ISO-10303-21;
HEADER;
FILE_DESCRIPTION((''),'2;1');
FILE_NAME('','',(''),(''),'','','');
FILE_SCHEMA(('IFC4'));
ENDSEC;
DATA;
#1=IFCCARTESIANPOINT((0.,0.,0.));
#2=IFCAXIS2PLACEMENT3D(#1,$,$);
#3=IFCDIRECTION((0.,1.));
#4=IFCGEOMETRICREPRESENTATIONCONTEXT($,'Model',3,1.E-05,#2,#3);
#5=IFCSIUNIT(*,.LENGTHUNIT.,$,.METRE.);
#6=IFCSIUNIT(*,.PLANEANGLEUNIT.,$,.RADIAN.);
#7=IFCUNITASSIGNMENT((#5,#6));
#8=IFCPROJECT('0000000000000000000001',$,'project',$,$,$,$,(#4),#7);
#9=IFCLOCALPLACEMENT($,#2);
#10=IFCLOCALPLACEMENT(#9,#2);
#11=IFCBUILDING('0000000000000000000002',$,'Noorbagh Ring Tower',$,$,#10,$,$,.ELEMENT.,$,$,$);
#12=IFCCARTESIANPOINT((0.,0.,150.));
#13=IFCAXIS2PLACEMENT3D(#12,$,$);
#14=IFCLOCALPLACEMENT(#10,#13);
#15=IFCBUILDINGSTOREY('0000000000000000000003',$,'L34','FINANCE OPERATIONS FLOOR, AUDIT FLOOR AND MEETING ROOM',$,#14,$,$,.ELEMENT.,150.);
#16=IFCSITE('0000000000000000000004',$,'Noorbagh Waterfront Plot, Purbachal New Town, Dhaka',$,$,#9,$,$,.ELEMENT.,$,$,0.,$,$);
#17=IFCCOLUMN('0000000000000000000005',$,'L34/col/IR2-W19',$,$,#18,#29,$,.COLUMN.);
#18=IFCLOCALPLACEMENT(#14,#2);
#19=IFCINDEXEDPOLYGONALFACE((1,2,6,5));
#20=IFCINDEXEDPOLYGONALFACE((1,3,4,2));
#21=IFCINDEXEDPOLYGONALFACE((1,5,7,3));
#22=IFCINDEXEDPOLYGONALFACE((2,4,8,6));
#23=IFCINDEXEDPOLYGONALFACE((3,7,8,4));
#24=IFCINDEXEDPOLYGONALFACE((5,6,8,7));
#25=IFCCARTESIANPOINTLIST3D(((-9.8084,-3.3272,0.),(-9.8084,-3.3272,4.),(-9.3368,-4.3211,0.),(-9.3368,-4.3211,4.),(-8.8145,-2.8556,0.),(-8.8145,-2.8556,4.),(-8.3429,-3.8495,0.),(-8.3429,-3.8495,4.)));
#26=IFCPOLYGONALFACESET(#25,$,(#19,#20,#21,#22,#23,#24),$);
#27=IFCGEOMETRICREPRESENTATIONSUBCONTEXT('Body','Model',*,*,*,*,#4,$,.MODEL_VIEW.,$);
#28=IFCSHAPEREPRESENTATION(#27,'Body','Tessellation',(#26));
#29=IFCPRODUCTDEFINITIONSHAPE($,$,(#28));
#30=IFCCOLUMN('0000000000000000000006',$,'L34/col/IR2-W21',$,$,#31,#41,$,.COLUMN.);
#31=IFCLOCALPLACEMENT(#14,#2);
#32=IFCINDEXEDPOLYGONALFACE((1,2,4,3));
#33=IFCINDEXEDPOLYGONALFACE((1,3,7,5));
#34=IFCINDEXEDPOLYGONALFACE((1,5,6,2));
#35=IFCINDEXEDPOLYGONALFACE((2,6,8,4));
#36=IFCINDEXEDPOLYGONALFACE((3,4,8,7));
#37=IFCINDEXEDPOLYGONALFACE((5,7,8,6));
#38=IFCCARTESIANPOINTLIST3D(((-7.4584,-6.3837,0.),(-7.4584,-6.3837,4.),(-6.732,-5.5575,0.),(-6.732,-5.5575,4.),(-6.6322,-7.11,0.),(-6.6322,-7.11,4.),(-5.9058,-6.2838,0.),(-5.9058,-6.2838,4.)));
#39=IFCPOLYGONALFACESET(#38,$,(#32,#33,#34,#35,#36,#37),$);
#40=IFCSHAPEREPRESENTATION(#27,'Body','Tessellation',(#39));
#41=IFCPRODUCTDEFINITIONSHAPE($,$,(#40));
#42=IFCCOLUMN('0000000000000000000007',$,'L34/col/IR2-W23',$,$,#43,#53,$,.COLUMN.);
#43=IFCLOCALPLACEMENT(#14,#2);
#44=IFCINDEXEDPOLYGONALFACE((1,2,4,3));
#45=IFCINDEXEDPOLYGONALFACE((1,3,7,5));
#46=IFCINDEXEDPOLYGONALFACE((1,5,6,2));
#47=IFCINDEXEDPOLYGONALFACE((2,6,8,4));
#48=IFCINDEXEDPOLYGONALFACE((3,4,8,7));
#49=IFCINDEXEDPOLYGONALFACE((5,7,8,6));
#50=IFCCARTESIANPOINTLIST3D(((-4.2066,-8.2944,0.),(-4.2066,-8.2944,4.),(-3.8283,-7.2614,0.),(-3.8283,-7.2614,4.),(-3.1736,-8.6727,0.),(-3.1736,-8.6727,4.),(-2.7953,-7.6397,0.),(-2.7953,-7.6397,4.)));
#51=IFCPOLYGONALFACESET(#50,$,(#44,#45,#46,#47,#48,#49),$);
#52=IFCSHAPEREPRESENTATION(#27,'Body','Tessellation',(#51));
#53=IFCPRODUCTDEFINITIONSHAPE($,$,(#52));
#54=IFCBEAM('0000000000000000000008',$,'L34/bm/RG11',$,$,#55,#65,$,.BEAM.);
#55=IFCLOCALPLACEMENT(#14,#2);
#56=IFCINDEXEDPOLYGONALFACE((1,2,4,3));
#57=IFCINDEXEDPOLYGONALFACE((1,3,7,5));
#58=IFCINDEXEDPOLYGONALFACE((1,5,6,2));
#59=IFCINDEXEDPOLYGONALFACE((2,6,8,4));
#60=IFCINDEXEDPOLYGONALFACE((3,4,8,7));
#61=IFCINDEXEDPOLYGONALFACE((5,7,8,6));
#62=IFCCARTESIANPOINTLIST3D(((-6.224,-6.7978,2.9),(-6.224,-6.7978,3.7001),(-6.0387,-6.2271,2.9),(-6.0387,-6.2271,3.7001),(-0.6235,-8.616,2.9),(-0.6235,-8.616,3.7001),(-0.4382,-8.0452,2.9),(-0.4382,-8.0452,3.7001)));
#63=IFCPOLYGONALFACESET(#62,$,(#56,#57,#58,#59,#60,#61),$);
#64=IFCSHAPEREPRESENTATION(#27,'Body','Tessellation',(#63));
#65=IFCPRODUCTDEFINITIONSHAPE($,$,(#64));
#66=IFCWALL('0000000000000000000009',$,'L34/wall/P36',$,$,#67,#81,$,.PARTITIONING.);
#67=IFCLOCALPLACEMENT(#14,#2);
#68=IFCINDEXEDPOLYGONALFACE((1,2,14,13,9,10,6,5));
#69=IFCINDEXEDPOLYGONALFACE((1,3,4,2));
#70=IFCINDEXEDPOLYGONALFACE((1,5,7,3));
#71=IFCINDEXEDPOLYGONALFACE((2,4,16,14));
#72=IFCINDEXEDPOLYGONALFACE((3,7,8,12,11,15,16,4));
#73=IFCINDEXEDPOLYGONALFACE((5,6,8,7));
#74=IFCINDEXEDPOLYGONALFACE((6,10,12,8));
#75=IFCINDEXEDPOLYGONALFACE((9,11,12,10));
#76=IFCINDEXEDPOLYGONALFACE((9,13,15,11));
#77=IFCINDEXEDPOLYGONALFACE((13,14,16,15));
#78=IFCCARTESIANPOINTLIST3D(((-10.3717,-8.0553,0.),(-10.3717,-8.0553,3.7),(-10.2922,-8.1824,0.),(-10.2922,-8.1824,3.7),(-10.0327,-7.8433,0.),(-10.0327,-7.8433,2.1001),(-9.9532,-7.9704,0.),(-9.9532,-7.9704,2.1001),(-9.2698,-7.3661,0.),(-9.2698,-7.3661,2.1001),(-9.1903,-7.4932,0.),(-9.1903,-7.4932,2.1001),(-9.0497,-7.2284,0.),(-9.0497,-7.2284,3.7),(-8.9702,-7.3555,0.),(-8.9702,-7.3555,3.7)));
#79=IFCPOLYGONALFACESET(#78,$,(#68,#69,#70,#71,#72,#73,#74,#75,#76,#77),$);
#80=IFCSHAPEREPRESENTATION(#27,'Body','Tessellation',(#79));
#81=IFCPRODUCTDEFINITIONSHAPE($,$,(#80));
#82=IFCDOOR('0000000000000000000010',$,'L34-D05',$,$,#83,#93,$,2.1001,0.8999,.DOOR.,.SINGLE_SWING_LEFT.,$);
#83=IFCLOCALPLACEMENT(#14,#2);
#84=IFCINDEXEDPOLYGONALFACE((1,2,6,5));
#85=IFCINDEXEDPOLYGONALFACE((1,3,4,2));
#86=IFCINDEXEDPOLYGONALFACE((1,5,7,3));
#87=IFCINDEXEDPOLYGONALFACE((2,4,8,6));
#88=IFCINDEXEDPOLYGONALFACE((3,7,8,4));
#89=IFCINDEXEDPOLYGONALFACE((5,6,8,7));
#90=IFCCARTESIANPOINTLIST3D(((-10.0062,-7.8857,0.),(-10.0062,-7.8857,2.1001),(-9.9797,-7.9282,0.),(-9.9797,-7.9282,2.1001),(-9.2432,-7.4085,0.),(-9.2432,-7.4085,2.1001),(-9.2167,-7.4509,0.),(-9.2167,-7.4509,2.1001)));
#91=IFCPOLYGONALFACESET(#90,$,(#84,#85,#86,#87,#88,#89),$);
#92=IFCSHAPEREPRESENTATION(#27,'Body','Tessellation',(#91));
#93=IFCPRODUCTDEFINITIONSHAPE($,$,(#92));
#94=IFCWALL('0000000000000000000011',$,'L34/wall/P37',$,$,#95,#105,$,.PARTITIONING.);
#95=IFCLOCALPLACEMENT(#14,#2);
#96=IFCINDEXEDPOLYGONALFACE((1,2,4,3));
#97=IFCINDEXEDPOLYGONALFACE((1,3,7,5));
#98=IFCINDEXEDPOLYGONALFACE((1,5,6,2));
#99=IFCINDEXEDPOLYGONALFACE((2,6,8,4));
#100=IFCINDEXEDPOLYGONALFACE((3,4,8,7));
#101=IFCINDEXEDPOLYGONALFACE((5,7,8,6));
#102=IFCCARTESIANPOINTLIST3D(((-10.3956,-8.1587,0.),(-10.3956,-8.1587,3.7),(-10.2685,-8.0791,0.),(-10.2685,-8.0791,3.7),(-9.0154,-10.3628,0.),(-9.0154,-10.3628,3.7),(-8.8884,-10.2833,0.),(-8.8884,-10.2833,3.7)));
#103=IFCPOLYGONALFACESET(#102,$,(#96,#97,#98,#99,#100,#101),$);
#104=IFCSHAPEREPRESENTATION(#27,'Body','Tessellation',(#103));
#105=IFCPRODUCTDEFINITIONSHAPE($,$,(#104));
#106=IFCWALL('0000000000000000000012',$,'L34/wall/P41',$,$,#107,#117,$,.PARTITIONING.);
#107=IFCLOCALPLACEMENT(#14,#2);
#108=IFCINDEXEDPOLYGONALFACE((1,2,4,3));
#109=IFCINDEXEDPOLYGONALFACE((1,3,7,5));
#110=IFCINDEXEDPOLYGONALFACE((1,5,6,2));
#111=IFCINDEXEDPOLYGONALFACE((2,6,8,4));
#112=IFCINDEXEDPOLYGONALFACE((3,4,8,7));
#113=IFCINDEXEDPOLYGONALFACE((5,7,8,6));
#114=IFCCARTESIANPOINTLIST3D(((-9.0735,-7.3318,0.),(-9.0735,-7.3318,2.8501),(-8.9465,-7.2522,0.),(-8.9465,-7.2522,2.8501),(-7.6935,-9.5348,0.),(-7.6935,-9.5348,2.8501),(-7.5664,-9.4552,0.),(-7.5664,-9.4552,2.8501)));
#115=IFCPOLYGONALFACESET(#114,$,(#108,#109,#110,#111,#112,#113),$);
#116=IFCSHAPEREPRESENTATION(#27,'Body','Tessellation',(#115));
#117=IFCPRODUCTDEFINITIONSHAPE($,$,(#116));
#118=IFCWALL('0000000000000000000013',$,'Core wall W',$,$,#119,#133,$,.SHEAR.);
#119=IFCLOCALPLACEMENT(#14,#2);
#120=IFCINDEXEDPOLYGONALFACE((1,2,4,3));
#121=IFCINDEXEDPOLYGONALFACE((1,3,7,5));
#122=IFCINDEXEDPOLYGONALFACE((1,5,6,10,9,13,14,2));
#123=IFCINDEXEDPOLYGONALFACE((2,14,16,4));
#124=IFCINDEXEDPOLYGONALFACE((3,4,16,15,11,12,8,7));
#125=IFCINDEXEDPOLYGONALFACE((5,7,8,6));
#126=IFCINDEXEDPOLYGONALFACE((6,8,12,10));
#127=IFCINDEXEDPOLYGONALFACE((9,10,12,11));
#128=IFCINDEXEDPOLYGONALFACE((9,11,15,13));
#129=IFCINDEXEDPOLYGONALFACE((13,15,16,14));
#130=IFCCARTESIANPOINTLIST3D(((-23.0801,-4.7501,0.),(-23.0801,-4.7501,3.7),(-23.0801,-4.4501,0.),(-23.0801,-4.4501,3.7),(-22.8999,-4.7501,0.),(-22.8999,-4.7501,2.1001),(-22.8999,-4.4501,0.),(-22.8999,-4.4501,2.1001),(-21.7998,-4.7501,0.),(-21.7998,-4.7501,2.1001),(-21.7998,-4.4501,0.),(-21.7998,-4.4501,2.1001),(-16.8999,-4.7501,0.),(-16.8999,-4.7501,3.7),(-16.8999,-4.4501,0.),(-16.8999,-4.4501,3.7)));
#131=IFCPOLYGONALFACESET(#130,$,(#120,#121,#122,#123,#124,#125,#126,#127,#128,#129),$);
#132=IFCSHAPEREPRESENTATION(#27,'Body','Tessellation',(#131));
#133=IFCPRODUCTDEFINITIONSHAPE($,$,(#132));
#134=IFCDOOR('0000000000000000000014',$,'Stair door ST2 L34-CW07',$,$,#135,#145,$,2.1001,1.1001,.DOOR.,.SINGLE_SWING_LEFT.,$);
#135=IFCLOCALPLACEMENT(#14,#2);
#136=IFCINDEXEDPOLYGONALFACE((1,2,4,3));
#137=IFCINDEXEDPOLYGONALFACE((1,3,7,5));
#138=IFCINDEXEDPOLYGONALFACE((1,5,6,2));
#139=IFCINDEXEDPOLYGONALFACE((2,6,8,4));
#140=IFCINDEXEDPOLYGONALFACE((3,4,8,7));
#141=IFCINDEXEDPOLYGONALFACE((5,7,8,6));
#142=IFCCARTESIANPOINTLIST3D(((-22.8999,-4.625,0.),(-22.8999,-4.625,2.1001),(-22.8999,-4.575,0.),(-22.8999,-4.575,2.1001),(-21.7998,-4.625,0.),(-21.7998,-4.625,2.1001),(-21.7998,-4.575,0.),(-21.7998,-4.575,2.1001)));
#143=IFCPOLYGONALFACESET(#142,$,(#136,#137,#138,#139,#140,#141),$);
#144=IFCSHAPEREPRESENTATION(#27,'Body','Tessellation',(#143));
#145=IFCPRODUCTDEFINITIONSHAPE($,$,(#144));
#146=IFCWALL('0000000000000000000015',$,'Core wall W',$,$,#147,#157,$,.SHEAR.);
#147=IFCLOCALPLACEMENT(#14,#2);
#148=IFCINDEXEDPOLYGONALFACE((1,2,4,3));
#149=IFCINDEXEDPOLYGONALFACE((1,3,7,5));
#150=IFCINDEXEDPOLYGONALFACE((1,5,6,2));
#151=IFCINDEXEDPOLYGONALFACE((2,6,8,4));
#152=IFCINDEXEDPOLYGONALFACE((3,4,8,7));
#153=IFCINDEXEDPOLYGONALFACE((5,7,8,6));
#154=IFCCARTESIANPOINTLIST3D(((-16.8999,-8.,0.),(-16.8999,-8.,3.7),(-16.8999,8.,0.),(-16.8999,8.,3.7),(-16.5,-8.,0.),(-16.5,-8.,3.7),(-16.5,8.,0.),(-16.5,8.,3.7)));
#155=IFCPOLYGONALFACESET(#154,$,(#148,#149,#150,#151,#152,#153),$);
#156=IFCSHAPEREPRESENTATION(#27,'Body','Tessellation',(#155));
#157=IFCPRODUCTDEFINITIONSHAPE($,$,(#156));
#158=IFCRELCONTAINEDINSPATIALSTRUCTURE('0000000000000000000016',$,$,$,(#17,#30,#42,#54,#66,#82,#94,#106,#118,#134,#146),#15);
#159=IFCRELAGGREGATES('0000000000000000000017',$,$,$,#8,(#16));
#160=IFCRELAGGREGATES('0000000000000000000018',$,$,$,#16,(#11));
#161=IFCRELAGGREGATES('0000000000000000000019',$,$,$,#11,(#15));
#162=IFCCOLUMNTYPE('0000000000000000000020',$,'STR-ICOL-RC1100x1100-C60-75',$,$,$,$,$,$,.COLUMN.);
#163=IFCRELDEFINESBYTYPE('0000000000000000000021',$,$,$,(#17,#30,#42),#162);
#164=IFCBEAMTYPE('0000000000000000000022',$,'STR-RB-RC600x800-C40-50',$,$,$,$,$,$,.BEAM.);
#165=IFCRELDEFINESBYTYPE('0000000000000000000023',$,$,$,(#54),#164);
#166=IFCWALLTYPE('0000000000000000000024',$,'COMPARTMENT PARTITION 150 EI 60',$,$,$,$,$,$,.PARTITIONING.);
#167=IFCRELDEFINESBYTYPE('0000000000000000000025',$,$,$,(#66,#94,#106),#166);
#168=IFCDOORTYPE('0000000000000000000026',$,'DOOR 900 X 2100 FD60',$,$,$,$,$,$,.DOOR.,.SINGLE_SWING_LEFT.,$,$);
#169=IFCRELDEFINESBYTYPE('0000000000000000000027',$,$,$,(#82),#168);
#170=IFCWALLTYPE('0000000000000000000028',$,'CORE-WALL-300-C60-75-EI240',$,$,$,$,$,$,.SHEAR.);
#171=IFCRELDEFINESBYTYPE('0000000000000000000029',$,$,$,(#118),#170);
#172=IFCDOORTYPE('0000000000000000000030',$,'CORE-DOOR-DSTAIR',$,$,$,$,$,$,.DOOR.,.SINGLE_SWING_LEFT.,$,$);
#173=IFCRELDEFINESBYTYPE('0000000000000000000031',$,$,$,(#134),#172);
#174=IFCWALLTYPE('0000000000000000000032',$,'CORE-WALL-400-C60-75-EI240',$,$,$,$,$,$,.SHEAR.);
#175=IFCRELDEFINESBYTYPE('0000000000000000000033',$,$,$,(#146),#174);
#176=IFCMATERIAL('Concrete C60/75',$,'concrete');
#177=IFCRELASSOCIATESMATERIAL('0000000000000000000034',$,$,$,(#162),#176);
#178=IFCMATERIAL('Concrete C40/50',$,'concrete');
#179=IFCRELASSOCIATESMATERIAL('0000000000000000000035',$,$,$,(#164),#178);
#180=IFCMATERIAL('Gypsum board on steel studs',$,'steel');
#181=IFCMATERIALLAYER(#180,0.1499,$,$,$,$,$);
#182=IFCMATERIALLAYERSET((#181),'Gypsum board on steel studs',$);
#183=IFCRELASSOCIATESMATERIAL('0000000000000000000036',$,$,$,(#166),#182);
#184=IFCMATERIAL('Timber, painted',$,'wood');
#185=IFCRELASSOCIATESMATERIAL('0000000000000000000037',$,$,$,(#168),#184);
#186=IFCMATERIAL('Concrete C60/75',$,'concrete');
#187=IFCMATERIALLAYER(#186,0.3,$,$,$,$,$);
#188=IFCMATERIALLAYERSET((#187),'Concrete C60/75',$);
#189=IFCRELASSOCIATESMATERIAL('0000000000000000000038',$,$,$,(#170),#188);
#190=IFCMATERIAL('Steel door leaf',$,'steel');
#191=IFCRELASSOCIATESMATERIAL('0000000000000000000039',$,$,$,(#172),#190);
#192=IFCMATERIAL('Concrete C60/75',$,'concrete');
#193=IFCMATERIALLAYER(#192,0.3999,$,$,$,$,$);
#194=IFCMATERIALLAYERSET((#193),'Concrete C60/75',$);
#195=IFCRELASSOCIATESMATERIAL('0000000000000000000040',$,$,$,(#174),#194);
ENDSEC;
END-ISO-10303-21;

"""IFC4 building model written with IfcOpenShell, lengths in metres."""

from ifc_helpers import new_model, si_unit, direction, frame, frame_2d, origin, origin_2d, place, context, subcontext, project, spatial, rectangle, extrude, material, layer, layer_set, material_profile, profile_set, type_object, element, fill, save


model = new_model("IFC4")

# Units and contexts
model_context = context("Model", 3, precision=1e-05, world=origin(), true_north=direction((0.0, 1.0)))
body_context = subcontext(model_context, "Body", "Model", "MODEL_VIEW")
ifc_project = project(units=[si_unit("LENGTHUNIT", "METRE"), si_unit("PLANEANGLEUNIT", "RADIAN")], contexts=[model_context])

# Site, building, storey
site_placement = place(None, origin())
site = spatial("IfcSite", under=ifc_project, at=site_placement, Name="Noorbagh Waterfront Plot, Purbachal New Town, Dhaka", CompositionType="ELEMENT", RefElevation=0.0)
building_placement = place(site_placement, origin())
building = spatial("IfcBuilding", under=site, at=building_placement, Name="Noorbagh Ring Tower", CompositionType="ELEMENT")
storey_placement = place(building_placement, frame((0.0, 0.0, 150.0)))
storey = spatial("IfcBuildingStorey", under=building, at=storey_placement, Name="L34", Description="FINANCE OPERATIONS FLOOR, AUDIT FLOOR AND MEETING ROOM", CompositionType="ELEMENT", Elevation=150.0)

# Columns
ifc_material_1 = material(Name="Concrete C60/75", Category="concrete")
ifc_material_profile_1 = material_profile(ifc_material_1, rectangle(XDim=1.1001, YDim=1.1001, at=origin_2d()), Name="RC1100x1100")
ifc_profile_set_1 = profile_set([ifc_material_profile_1], Name="Concrete C60/75")
column_type = type_object("IfcColumnType", Name="STR-ICOL-RC1100x1100-C60-75", PredefinedType="COLUMN", material=ifc_profile_set_1)
for number, where, z_axis, x_axis, name in (
    (1, (-9.0757, -3.5884, 0.0), (0.0, 0.0, 1.0), (0.428667, -0.903463, 0.0), "L34/col/IR2-W19"),
    (2, (-6.6821, -6.3337, 0.0), (0.0, 0.0, 1.0), (0.751022, -0.660277, 0.0), "L34/col/IR2-W21"),
    (3, (-3.501, -7.967, 0.0), (0.0, 0.0, 1.0), (0.93902, -0.343864, 0.0), "L34/col/IR2-W23"),
):
    element("IfcColumn", number, at=place(storey_placement, frame(where, z_axis=z_axis, x_axis=x_axis)), inside=storey, type_object=column_type, Name=name, PredefinedType="COLUMN", context=body_context, shape_type="SweptSolid", body=[
        extrude(rectangle(XDim=1.1001, YDim=1.1001, at=origin_2d()), origin(), (0.0, 0.0, 1.0), 4.0),
    ])

# Beam
ifc_material_2 = material(Name="Concrete C40/50", Category="concrete")
ifc_material_profile_2 = material_profile(ifc_material_2, rectangle(XDim=0.6001, YDim=0.8, at=origin_2d()), Name="RC600x800")
ifc_profile_set_2 = profile_set([ifc_material_profile_2], Name="Concrete C40/50")
beam_type = type_object("IfcBeamType", Name="STR-RB-RC600x800-C40-50", PredefinedType="BEAM", material=ifc_profile_set_2)
beam_placement = place(storey_placement, frame((-6.1313, -6.5125, 3.3), z_axis=(0.951134, -0.308779, 0.0), x_axis=(0.308779, 0.951134, 0.0)))
element("IfcBeam", 4, at=beam_placement, inside=storey, type_object=beam_type, Name="L34/bm/RG11", PredefinedType="BEAM", context=body_context, shape_type="SweptSolid", body=[
    extrude(rectangle(XDim=0.6001, YDim=0.8, at=origin_2d()), origin(), (0.0, 0.0, 1.0), 5.8882),
])

# Wall, opening, door
ifc_material_3 = material(Name="Gypsum board on steel studs", Category="steel")
ifc_layer_1 = layer(ifc_material_3, 0.1499)
ifc_layer_set_1 = layer_set([ifc_layer_1], Name="Gypsum board on steel studs")
wall_type_1 = type_object("IfcWallType", Name="COMPARTMENT PARTITION 150 EI 60", PredefinedType="PARTITIONING", material=ifc_layer_set_1)
wall_1_placement = place(storey_placement, frame((-10.332, -8.1189, 0.0), z_axis=(0.0, 0.0, 1.0), x_axis=(0.847814, 0.530294, 0.0)))
wall_1 = element("IfcWall", 5, at=wall_1_placement, inside=storey, type_object=wall_type_1, Name="L34/wall/P36", PredefinedType="PARTITIONING", context=body_context, shape_type="SweptSolid", body=[
    extrude(rectangle(XDim=1.5593, YDim=0.1499, at=frame_2d((0.7798, 0.0))), origin(), (0.0, 0.0, 1.0), 3.7),
])
opening_1_placement = place(wall_1_placement, frame((0.3999, 0.0, 0.0)))
opening_1 = element("IfcOpeningElement", 6, at=opening_1_placement, cuts=wall_1, PredefinedType="OPENING", context=body_context, shape_type="SweptSolid", body=[
    extrude(rectangle(XDim=0.8999, YDim=2.1001, at=frame_2d((0.45, 1.05))), frame((0.0, 0.085, 0.0), z_axis=(0.0, -1.0, 0.0), x_axis=(1.0, 0.0, 0.0)), (0.0, 0.0, 1.0), 0.1699),
])
ifc_material_4 = material(Name="Timber, painted", Category="wood")
door_type_1 = type_object("IfcDoorType", Name="DOOR 900 X 2100 FD60", OperationType="SINGLE_SWING_LEFT", PredefinedType="DOOR", material=ifc_material_4)
door_1_placement = place(opening_1_placement, origin())
door_1 = element("IfcDoor", 7, at=door_1_placement, inside=storey, type_object=door_type_1, Name="L34-D05", OperationType="SINGLE_SWING_LEFT", OverallHeight=2.1001, OverallWidth=0.8999, PredefinedType="DOOR", context=body_context, shape_type="SweptSolid", body=[
    extrude(rectangle(XDim=0.8999, YDim=2.1001, at=frame_2d((0.45, 1.05))), frame((0.0, 0.0249, 0.0), z_axis=(0.0, -1.0, 0.0), x_axis=(1.0, 0.0, 0.0)), (0.0, 0.0, 1.0), 0.05),
])
fill(opening_1, door_1)

# Walls
wall_2_placement = place(storey_placement, frame((-10.332, -8.1189, 0.0), z_axis=(0.0, 0.0, 1.0), x_axis=(0.530708, -0.847555, 0.0)))
element("IfcWall", 8, at=wall_2_placement, inside=storey, type_object=wall_type_1, Name="L34/wall/P37", PredefinedType="PARTITIONING", context=body_context, shape_type="SweptSolid", body=[
    extrude(rectangle(XDim=2.6006, YDim=0.1499, at=frame_2d((1.3003, 0.0))), origin(), (0.0, 0.0, 1.0), 3.7),
])
wall_3_placement = place(storey_placement, frame((-9.01, -7.292, 0.0), z_axis=(0.0, 0.0, 1.0), x_axis=(0.530877, -0.847449, 0.0)))
element("IfcWall", 9, at=wall_3_placement, inside=storey, type_object=wall_type_1, Name="L34/wall/P41", PredefinedType="PARTITIONING", context=body_context, shape_type="SweptSolid", body=[
    extrude(rectangle(XDim=2.5996, YDim=0.1499, at=frame_2d((1.2998, 0.0))), origin(), (0.0, 0.0, 1.0), 2.8501),
])

# Wall, opening, door
ifc_material_5 = material(Name="Concrete C60/75", Category="concrete")
ifc_layer_2 = layer(ifc_material_5, 0.3)
ifc_layer_set_2 = layer_set([ifc_layer_2], Name="Concrete C60/75")
wall_type_2 = type_object("IfcWallType", Name="CORE-WALL-300-C60-75-EI240", PredefinedType="SHEAR", material=ifc_layer_set_2)
wall_4_placement = place(storey_placement, frame((-16.8999, -4.6001, 0.0), z_axis=(0.0, 0.0, 1.0), x_axis=(-1.0, 0.0, 0.0)))
wall_4 = element("IfcWall", 10, at=wall_4_placement, inside=storey, type_object=wall_type_2, Name="Core wall W", PredefinedType="SHEAR", context=body_context, shape_type="SweptSolid", body=[
    extrude(rectangle(XDim=6.1802, YDim=0.3, at=frame_2d((3.0901, 0.0))), origin(), (0.0, 0.0, 1.0), 3.7),
])
opening_2_placement = place(wall_4_placement, frame((4.8999, 0.0, 0.0)))
opening_2 = element("IfcOpeningElement", 11, at=opening_2_placement, cuts=wall_4, PredefinedType="OPENING", context=body_context, shape_type="SweptSolid", body=[
    extrude(rectangle(XDim=1.1001, YDim=2.1001, at=frame_2d((0.55, 1.05))), frame((0.0, 0.1602, 0.0), z_axis=(0.0, -1.0, 0.0), x_axis=(1.0, 0.0, 0.0)), (0.0, 0.0, 1.0), 0.3201),
])
ifc_material_6 = material(Name="Steel door leaf", Category="steel")
door_type_2 = type_object("IfcDoorType", Name="CORE-DOOR-DSTAIR", OperationType="SINGLE_SWING_LEFT", PredefinedType="DOOR", material=ifc_material_6)
door_2_placement = place(opening_2_placement, origin())
door_2 = element("IfcDoor", 12, at=door_2_placement, inside=storey, type_object=door_type_2, Name="Stair door ST2 L34-CW07", OperationType="SINGLE_SWING_LEFT", OverallHeight=2.1001, OverallWidth=1.1001, PredefinedType="DOOR", context=body_context, shape_type="SweptSolid", body=[
    extrude(rectangle(XDim=1.1001, YDim=2.1001, at=frame_2d((0.55, 1.05))), frame((0.0, 0.0249, 0.0), z_axis=(0.0, -1.0, 0.0), x_axis=(1.0, 0.0, 0.0)), (0.0, 0.0, 1.0), 0.05),
])
fill(opening_2, door_2)

# Wall
ifc_material_7 = material(Name="Concrete C60/75", Category="concrete")
ifc_layer_3 = layer(ifc_material_7, 0.3999)
ifc_layer_set_3 = layer_set([ifc_layer_3], Name="Concrete C60/75")
wall_type_3 = type_object("IfcWallType", Name="CORE-WALL-400-C60-75-EI240", PredefinedType="SHEAR", material=ifc_layer_set_3)
wall_5_placement = place(storey_placement, frame((-16.7, -8.0, 0.0), z_axis=(0.0, 0.0, 1.0), x_axis=(0.0, 1.0, 0.0)))
element("IfcWall", 13, at=wall_5_placement, inside=storey, type_object=wall_type_3, Name="Core wall W", PredefinedType="SHEAR", context=body_context, shape_type="SweptSolid", body=[
    extrude(rectangle(XDim=16.0, YDim=0.3999, at=frame_2d((8.0, 0.0))), origin(), (0.0, 0.0, 1.0), 3.7),
])

save(model, "model.ifc")
